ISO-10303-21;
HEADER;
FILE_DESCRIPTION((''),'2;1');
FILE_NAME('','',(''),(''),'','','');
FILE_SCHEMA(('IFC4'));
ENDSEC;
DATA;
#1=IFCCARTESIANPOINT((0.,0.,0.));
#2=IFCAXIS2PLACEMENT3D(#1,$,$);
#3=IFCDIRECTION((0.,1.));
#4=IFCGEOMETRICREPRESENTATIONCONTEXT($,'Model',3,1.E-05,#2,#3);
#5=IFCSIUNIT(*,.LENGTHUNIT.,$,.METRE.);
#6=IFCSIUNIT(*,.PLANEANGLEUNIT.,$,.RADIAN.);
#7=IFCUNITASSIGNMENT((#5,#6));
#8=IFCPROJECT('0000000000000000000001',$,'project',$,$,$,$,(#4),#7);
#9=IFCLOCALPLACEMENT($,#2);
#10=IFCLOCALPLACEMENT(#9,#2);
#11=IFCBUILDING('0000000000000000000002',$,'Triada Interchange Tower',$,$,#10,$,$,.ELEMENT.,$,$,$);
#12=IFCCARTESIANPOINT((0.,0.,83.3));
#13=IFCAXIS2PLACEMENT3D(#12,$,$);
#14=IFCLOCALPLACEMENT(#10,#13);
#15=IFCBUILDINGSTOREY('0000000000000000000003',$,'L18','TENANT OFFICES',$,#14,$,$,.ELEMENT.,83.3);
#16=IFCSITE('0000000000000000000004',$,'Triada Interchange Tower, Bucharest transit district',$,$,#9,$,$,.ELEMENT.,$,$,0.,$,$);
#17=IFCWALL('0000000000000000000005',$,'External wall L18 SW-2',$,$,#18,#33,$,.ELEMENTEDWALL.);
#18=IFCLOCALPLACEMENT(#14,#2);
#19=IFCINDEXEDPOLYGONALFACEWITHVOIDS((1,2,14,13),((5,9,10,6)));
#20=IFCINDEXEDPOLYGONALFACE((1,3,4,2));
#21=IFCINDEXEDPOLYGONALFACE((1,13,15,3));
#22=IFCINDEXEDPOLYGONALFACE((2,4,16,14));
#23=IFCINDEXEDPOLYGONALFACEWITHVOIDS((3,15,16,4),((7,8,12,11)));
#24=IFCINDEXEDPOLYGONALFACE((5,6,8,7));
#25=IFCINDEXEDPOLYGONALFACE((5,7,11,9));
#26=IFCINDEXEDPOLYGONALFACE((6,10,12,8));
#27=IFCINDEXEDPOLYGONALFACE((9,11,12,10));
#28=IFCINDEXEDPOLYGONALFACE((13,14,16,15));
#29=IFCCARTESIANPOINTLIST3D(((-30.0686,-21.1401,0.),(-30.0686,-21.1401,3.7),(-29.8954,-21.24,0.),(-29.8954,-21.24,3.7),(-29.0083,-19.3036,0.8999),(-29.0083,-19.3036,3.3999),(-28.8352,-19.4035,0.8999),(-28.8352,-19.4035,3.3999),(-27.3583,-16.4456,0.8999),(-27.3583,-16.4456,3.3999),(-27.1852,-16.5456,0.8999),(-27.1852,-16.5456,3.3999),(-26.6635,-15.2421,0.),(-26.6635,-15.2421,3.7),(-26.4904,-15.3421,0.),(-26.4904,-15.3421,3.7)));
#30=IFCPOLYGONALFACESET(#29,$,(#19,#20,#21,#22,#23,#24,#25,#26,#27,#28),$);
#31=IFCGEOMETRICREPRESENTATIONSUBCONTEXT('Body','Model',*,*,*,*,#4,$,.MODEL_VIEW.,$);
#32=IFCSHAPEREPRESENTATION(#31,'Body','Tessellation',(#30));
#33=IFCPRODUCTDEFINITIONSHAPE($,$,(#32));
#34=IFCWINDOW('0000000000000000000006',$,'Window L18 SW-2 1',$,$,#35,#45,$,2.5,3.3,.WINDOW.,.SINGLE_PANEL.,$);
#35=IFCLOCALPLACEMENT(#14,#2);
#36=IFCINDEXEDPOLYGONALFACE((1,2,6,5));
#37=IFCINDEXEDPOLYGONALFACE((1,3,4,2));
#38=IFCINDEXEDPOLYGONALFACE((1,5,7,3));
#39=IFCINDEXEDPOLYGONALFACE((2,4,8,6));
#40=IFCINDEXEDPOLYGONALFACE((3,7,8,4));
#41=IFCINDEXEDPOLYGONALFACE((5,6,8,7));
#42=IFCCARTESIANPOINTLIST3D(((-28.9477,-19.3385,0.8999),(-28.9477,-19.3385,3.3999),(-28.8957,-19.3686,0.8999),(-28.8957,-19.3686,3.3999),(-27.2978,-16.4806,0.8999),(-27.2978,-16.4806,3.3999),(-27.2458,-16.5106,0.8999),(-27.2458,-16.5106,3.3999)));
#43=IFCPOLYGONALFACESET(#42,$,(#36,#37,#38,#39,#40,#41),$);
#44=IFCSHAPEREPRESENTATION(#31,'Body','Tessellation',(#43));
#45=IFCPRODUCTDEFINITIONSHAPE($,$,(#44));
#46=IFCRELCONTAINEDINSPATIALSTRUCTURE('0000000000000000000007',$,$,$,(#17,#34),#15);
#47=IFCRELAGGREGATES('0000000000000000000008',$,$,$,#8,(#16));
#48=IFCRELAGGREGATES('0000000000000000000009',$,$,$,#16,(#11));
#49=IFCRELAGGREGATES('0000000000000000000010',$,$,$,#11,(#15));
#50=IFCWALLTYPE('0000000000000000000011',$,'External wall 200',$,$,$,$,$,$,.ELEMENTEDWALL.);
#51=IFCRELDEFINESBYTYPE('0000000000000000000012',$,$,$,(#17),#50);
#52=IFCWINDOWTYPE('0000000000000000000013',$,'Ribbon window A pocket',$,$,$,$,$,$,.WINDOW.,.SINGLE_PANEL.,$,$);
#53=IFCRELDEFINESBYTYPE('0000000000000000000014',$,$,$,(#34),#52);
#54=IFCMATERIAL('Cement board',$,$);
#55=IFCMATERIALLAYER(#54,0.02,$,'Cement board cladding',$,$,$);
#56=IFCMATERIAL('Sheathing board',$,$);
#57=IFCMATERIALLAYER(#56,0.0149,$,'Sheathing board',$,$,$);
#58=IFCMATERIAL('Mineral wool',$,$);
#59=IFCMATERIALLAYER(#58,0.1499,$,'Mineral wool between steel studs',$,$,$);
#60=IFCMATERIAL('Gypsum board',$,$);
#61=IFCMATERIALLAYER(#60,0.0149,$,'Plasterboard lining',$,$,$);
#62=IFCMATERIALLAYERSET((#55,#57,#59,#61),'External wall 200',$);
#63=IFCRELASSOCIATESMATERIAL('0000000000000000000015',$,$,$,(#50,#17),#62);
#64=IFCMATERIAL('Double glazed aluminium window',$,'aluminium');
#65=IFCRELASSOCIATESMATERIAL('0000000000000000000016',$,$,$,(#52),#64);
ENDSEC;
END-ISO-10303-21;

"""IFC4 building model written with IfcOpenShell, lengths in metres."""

from ifc_helpers import new_model, si_unit, direction, frame, frame_2d, origin, place, context, subcontext, project, spatial, rectangle, extrude, material, layer, layer_set, layer_usage, type_object, element, fill, save


model = new_model("IFC4")

# Units and contexts
model_context = context("Model", 3, precision=1e-05, world=origin(), true_north=direction((0.0, 1.0)))
body_context = subcontext(model_context, "Body", "Model", "MODEL_VIEW")
ifc_project = project(units=[si_unit("LENGTHUNIT", "METRE"), si_unit("PLANEANGLEUNIT", "RADIAN")], contexts=[model_context])

# Site, building, storey
site_placement = place(None, origin())
site = spatial("IfcSite", under=ifc_project, at=site_placement, Name="Triada Interchange Tower, Bucharest transit district", CompositionType="ELEMENT", RefElevation=0.0)
building_placement = place(site_placement, origin())
building = spatial("IfcBuilding", under=site, at=building_placement, Name="Triada Interchange Tower", CompositionType="ELEMENT")
storey_placement = place(building_placement, frame((0.0, 0.0, 83.3)))
storey = spatial("IfcBuildingStorey", under=building, at=storey_placement, Name="L18", Description="TENANT OFFICES", CompositionType="ELEMENT", Elevation=83.3)

# Wall, opening, window
ifc_material_1 = material(Name="Cement board")
ifc_layer_1 = layer(ifc_material_1, 0.02, Name="Cement board cladding")
ifc_material_2 = material(Name="Sheathing board")
ifc_layer_2 = layer(ifc_material_2, 0.0149, Name="Sheathing board")
ifc_material_3 = material(Name="Mineral wool")
ifc_layer_3 = layer(ifc_material_3, 0.1499, Name="Mineral wool between steel studs")
ifc_material_4 = material(Name="Gypsum board")
ifc_layer_4 = layer(ifc_material_4, 0.0149, Name="Plasterboard lining")
ifc_layer_set_1 = layer_set([ifc_layer_1, ifc_layer_2, ifc_layer_3, ifc_layer_4], Name="External wall 200")
ifc_layer_usage = layer_usage(ifc_layer_set_1, "AXIS2", "POSITIVE", -0.1001)
wall_type_1 = type_object("IfcWallType", Name="External wall 200", PredefinedType="ELEMENTEDWALL", material=ifc_layer_set_1)
ifc_material_5 = material(Name="Double glazed aluminium window", Category="aluminium")
window_type_1 = type_object("IfcWindowType", Name="Ribbon window A pocket", PartitioningType="SINGLE_PANEL", PredefinedType="WINDOW", material=ifc_material_5)
wall_1_placement = place(storey_placement, frame((-26.5769, -15.292, 0.0), z_axis=(0.0, 0.0, 1.0), x_axis=(-0.499983, -0.866035, 0.0)))
wall_1 = element("IfcWall", 1, at=wall_1_placement, inside=storey, type_object=wall_type_1, material=ifc_layer_usage, Name="External wall L18 SW-2", PredefinedType="ELEMENTEDWALL", context=body_context, shape_type="SweptSolid", body=[
    extrude(rectangle(XDim=6.8103, YDim=0.2, at=frame_2d((3.4053, 0.0))), origin(), (0.0, 0.0, 1.0), 3.7),
])
opening_1_placement = place(wall_1_placement, frame((1.3899, 0.0, 0.8999)))
opening_1 = element("IfcOpeningElement", 2, at=opening_1_placement, cuts=wall_1, PredefinedType="OPENING", context=body_context, shape_type="SweptSolid", body=[
    extrude(rectangle(XDim=3.3, YDim=2.5, at=frame_2d((1.6499, 1.25))), frame((0.0, 0.1099, 0.0), z_axis=(0.0, -1.0, 0.0), x_axis=(1.0, 0.0, 0.0)), (0.0, 0.0, 1.0), 0.22),
])
window_1_placement = place(opening_1_placement, origin())
window_1 = element("IfcWindow", 3, at=window_1_placement, inside=storey, type_object=window_type_1, Name="Window L18 SW-2 1", OverallHeight=2.5, OverallWidth=3.3, PartitioningType="SINGLE_PANEL", PredefinedType="WINDOW", context=body_context, shape_type="SweptSolid", body=[
    extrude(rectangle(XDim=3.3, YDim=2.5, at=frame_2d((1.6499, 1.25))), frame((0.0, 0.03, 0.0), z_axis=(0.0, -1.0, 0.0), x_axis=(1.0, 0.0, 0.0)), (0.0, 0.0, 1.0), 0.0601),
])
fill(opening_1, window_1)

save(model, "model.ifc")
